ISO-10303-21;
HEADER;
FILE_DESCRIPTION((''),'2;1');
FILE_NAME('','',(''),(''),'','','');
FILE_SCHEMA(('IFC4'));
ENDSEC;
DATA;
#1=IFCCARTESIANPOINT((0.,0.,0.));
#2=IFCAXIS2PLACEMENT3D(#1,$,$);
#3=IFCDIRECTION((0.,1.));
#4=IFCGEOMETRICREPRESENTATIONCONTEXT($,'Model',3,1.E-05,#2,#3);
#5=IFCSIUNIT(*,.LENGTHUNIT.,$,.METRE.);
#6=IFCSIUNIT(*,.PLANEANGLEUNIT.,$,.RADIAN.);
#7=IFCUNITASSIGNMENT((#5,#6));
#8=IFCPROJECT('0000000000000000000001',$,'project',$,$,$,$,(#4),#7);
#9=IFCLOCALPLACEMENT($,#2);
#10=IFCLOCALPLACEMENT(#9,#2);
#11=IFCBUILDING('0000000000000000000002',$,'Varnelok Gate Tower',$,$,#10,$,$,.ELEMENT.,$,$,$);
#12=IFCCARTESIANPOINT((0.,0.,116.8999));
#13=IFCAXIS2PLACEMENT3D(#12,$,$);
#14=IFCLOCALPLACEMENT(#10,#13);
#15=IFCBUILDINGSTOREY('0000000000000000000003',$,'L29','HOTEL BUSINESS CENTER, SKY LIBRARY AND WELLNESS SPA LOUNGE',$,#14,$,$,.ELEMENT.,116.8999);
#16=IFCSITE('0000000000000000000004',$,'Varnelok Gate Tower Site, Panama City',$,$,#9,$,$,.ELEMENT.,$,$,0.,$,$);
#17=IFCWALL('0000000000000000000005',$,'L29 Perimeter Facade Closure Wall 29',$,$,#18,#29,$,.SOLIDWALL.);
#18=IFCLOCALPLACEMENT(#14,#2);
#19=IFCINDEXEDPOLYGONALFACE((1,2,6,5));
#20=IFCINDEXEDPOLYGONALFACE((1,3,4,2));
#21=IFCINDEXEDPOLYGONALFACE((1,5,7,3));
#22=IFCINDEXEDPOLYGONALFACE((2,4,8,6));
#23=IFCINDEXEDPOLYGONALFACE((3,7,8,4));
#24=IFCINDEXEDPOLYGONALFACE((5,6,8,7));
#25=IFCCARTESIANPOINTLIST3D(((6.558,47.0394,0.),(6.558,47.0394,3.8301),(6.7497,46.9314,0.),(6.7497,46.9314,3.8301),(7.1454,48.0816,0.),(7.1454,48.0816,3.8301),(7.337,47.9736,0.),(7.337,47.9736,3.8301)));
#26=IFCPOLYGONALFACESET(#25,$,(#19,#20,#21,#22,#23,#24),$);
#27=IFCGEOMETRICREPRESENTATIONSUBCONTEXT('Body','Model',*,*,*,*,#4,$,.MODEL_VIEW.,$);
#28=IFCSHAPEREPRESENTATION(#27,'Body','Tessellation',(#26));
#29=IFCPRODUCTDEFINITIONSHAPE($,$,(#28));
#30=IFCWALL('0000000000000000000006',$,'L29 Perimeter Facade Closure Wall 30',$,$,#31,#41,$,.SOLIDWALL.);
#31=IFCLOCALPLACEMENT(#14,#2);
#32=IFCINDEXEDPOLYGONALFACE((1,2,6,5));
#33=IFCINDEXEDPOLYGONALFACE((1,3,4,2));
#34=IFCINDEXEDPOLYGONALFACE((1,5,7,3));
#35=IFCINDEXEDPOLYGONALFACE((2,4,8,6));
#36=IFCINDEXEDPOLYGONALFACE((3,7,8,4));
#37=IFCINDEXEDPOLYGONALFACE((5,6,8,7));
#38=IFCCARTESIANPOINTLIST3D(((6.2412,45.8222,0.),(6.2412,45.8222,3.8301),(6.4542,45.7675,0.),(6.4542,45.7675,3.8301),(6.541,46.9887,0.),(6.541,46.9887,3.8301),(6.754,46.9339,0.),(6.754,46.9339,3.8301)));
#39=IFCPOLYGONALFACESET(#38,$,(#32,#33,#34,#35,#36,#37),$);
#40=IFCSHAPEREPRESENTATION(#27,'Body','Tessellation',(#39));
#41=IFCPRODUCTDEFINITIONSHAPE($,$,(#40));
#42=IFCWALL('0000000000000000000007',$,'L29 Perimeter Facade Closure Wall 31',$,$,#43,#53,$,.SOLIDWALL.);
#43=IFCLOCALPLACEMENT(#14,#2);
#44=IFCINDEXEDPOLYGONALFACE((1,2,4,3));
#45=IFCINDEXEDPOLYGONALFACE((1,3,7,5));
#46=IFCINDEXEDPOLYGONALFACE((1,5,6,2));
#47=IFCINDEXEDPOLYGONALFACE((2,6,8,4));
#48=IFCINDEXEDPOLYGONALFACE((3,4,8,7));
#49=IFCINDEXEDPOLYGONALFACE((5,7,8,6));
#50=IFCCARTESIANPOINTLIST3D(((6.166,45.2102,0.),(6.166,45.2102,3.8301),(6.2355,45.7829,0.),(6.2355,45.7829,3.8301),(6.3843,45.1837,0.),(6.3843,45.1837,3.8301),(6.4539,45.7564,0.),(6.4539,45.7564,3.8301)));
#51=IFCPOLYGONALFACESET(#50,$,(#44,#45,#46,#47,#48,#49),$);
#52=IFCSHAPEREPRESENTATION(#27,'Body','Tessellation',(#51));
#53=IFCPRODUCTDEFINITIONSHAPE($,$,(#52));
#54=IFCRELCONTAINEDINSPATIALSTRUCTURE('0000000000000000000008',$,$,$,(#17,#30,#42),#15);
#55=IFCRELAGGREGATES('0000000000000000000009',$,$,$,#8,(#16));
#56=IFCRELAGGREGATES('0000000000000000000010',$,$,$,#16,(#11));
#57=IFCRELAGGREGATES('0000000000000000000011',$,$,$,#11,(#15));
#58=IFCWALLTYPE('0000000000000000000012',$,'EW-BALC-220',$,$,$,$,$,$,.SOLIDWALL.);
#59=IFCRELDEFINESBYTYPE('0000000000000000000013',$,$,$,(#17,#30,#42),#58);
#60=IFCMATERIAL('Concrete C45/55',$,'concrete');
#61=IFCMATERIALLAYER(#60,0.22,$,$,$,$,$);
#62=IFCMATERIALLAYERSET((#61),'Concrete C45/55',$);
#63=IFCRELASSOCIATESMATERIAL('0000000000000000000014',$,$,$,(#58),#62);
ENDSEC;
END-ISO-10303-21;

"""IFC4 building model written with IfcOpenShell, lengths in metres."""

from ifc_helpers import new_model, si_unit, direction, frame, frame_2d, origin, place, context, subcontext, project, spatial, rectangle, extrude, material, layer, layer_set, type_object, element, save


model = new_model("IFC4")

# Units and contexts
model_context = context("Model", 3, precision=1e-05, world=origin(), true_north=direction((0.0, 1.0)))
body_context = subcontext(model_context, "Body", "Model", "MODEL_VIEW")
ifc_project = project(units=[si_unit("LENGTHUNIT", "METRE"), si_unit("PLANEANGLEUNIT", "RADIAN")], contexts=[model_context])

# Site, building, storey
site_placement = place(None, origin())
site = spatial("IfcSite", under=ifc_project, at=site_placement, Name="Varnelok Gate Tower Site, Panama City", CompositionType="ELEMENT", RefElevation=0.0)
building_placement = place(site_placement, origin())
building = spatial("IfcBuilding", under=site, at=building_placement, Name="Varnelok Gate Tower", CompositionType="ELEMENT")
storey_placement = place(building_placement, frame((0.0, 0.0, 116.8999)))
storey = spatial("IfcBuildingStorey", under=building, at=storey_placement, Name="L29", Description="HOTEL BUSINESS CENTER, SKY LIBRARY AND WELLNESS SPA LOUNGE", CompositionType="ELEMENT", Elevation=116.8999)

# Walls
ifc_material_1 = material(Name="Concrete C45/55", Category="concrete")
ifc_layer_1 = layer(ifc_material_1, 0.22)
ifc_layer_set_1 = layer_set([ifc_layer_1], Name="Concrete C45/55")
wall_type = type_object("IfcWallType", Name="EW-BALC-220", PredefinedType="SOLIDWALL", material=ifc_layer_set_1)
wall_1_placement = place(storey_placement, frame((7.2412, 48.0276, 0.0), z_axis=(0.0, 0.0, 1.0), x_axis=(-0.490988, -0.871166, 0.0)))
element("IfcWall", 1, at=wall_1_placement, inside=storey, type_object=wall_type, Name="L29 Perimeter Facade Closure Wall 29", PredefinedType="SOLIDWALL", context=body_context, shape_type="SweptSolid", body=[
    extrude(rectangle(XDim=1.1963, YDim=0.22, at=frame_2d((0.5981, 0.0))), origin(), (0.0, 0.0, 1.0), 3.8301),
])
wall_2_placement = place(storey_placement, frame((6.6475, 46.9612, 0.0), z_axis=(0.0, 0.0, 1.0), x_axis=(-0.248922, -0.968524, 0.0)))
element("IfcWall", 2, at=wall_2_placement, inside=storey, type_object=wall_type, Name="L29 Perimeter Facade Closure Wall 30", PredefinedType="SOLIDWALL", context=body_context, shape_type="SweptSolid", body=[
    extrude(rectangle(XDim=1.2043, YDim=0.22, at=frame_2d((0.6021, 0.0))), origin(), (0.0, 0.0, 1.0), 3.8301),
])
wall_3_placement = place(storey_placement, frame((6.3447, 45.7698, 0.0), z_axis=(0.0, 0.0, 1.0), x_axis=(-0.120597, -0.992702, 0.0)))
element("IfcWall", 3, at=wall_3_placement, inside=storey, type_object=wall_type, Name="L29 Perimeter Facade Closure Wall 31", PredefinedType="SOLIDWALL", context=body_context, shape_type="SweptSolid", body=[
    extrude(rectangle(XDim=0.5769, YDim=0.22, at=frame_2d((0.2886, 0.0))), origin(), (0.0, 0.0, 1.0), 3.8301),
])

save(model, "model.ifc")
